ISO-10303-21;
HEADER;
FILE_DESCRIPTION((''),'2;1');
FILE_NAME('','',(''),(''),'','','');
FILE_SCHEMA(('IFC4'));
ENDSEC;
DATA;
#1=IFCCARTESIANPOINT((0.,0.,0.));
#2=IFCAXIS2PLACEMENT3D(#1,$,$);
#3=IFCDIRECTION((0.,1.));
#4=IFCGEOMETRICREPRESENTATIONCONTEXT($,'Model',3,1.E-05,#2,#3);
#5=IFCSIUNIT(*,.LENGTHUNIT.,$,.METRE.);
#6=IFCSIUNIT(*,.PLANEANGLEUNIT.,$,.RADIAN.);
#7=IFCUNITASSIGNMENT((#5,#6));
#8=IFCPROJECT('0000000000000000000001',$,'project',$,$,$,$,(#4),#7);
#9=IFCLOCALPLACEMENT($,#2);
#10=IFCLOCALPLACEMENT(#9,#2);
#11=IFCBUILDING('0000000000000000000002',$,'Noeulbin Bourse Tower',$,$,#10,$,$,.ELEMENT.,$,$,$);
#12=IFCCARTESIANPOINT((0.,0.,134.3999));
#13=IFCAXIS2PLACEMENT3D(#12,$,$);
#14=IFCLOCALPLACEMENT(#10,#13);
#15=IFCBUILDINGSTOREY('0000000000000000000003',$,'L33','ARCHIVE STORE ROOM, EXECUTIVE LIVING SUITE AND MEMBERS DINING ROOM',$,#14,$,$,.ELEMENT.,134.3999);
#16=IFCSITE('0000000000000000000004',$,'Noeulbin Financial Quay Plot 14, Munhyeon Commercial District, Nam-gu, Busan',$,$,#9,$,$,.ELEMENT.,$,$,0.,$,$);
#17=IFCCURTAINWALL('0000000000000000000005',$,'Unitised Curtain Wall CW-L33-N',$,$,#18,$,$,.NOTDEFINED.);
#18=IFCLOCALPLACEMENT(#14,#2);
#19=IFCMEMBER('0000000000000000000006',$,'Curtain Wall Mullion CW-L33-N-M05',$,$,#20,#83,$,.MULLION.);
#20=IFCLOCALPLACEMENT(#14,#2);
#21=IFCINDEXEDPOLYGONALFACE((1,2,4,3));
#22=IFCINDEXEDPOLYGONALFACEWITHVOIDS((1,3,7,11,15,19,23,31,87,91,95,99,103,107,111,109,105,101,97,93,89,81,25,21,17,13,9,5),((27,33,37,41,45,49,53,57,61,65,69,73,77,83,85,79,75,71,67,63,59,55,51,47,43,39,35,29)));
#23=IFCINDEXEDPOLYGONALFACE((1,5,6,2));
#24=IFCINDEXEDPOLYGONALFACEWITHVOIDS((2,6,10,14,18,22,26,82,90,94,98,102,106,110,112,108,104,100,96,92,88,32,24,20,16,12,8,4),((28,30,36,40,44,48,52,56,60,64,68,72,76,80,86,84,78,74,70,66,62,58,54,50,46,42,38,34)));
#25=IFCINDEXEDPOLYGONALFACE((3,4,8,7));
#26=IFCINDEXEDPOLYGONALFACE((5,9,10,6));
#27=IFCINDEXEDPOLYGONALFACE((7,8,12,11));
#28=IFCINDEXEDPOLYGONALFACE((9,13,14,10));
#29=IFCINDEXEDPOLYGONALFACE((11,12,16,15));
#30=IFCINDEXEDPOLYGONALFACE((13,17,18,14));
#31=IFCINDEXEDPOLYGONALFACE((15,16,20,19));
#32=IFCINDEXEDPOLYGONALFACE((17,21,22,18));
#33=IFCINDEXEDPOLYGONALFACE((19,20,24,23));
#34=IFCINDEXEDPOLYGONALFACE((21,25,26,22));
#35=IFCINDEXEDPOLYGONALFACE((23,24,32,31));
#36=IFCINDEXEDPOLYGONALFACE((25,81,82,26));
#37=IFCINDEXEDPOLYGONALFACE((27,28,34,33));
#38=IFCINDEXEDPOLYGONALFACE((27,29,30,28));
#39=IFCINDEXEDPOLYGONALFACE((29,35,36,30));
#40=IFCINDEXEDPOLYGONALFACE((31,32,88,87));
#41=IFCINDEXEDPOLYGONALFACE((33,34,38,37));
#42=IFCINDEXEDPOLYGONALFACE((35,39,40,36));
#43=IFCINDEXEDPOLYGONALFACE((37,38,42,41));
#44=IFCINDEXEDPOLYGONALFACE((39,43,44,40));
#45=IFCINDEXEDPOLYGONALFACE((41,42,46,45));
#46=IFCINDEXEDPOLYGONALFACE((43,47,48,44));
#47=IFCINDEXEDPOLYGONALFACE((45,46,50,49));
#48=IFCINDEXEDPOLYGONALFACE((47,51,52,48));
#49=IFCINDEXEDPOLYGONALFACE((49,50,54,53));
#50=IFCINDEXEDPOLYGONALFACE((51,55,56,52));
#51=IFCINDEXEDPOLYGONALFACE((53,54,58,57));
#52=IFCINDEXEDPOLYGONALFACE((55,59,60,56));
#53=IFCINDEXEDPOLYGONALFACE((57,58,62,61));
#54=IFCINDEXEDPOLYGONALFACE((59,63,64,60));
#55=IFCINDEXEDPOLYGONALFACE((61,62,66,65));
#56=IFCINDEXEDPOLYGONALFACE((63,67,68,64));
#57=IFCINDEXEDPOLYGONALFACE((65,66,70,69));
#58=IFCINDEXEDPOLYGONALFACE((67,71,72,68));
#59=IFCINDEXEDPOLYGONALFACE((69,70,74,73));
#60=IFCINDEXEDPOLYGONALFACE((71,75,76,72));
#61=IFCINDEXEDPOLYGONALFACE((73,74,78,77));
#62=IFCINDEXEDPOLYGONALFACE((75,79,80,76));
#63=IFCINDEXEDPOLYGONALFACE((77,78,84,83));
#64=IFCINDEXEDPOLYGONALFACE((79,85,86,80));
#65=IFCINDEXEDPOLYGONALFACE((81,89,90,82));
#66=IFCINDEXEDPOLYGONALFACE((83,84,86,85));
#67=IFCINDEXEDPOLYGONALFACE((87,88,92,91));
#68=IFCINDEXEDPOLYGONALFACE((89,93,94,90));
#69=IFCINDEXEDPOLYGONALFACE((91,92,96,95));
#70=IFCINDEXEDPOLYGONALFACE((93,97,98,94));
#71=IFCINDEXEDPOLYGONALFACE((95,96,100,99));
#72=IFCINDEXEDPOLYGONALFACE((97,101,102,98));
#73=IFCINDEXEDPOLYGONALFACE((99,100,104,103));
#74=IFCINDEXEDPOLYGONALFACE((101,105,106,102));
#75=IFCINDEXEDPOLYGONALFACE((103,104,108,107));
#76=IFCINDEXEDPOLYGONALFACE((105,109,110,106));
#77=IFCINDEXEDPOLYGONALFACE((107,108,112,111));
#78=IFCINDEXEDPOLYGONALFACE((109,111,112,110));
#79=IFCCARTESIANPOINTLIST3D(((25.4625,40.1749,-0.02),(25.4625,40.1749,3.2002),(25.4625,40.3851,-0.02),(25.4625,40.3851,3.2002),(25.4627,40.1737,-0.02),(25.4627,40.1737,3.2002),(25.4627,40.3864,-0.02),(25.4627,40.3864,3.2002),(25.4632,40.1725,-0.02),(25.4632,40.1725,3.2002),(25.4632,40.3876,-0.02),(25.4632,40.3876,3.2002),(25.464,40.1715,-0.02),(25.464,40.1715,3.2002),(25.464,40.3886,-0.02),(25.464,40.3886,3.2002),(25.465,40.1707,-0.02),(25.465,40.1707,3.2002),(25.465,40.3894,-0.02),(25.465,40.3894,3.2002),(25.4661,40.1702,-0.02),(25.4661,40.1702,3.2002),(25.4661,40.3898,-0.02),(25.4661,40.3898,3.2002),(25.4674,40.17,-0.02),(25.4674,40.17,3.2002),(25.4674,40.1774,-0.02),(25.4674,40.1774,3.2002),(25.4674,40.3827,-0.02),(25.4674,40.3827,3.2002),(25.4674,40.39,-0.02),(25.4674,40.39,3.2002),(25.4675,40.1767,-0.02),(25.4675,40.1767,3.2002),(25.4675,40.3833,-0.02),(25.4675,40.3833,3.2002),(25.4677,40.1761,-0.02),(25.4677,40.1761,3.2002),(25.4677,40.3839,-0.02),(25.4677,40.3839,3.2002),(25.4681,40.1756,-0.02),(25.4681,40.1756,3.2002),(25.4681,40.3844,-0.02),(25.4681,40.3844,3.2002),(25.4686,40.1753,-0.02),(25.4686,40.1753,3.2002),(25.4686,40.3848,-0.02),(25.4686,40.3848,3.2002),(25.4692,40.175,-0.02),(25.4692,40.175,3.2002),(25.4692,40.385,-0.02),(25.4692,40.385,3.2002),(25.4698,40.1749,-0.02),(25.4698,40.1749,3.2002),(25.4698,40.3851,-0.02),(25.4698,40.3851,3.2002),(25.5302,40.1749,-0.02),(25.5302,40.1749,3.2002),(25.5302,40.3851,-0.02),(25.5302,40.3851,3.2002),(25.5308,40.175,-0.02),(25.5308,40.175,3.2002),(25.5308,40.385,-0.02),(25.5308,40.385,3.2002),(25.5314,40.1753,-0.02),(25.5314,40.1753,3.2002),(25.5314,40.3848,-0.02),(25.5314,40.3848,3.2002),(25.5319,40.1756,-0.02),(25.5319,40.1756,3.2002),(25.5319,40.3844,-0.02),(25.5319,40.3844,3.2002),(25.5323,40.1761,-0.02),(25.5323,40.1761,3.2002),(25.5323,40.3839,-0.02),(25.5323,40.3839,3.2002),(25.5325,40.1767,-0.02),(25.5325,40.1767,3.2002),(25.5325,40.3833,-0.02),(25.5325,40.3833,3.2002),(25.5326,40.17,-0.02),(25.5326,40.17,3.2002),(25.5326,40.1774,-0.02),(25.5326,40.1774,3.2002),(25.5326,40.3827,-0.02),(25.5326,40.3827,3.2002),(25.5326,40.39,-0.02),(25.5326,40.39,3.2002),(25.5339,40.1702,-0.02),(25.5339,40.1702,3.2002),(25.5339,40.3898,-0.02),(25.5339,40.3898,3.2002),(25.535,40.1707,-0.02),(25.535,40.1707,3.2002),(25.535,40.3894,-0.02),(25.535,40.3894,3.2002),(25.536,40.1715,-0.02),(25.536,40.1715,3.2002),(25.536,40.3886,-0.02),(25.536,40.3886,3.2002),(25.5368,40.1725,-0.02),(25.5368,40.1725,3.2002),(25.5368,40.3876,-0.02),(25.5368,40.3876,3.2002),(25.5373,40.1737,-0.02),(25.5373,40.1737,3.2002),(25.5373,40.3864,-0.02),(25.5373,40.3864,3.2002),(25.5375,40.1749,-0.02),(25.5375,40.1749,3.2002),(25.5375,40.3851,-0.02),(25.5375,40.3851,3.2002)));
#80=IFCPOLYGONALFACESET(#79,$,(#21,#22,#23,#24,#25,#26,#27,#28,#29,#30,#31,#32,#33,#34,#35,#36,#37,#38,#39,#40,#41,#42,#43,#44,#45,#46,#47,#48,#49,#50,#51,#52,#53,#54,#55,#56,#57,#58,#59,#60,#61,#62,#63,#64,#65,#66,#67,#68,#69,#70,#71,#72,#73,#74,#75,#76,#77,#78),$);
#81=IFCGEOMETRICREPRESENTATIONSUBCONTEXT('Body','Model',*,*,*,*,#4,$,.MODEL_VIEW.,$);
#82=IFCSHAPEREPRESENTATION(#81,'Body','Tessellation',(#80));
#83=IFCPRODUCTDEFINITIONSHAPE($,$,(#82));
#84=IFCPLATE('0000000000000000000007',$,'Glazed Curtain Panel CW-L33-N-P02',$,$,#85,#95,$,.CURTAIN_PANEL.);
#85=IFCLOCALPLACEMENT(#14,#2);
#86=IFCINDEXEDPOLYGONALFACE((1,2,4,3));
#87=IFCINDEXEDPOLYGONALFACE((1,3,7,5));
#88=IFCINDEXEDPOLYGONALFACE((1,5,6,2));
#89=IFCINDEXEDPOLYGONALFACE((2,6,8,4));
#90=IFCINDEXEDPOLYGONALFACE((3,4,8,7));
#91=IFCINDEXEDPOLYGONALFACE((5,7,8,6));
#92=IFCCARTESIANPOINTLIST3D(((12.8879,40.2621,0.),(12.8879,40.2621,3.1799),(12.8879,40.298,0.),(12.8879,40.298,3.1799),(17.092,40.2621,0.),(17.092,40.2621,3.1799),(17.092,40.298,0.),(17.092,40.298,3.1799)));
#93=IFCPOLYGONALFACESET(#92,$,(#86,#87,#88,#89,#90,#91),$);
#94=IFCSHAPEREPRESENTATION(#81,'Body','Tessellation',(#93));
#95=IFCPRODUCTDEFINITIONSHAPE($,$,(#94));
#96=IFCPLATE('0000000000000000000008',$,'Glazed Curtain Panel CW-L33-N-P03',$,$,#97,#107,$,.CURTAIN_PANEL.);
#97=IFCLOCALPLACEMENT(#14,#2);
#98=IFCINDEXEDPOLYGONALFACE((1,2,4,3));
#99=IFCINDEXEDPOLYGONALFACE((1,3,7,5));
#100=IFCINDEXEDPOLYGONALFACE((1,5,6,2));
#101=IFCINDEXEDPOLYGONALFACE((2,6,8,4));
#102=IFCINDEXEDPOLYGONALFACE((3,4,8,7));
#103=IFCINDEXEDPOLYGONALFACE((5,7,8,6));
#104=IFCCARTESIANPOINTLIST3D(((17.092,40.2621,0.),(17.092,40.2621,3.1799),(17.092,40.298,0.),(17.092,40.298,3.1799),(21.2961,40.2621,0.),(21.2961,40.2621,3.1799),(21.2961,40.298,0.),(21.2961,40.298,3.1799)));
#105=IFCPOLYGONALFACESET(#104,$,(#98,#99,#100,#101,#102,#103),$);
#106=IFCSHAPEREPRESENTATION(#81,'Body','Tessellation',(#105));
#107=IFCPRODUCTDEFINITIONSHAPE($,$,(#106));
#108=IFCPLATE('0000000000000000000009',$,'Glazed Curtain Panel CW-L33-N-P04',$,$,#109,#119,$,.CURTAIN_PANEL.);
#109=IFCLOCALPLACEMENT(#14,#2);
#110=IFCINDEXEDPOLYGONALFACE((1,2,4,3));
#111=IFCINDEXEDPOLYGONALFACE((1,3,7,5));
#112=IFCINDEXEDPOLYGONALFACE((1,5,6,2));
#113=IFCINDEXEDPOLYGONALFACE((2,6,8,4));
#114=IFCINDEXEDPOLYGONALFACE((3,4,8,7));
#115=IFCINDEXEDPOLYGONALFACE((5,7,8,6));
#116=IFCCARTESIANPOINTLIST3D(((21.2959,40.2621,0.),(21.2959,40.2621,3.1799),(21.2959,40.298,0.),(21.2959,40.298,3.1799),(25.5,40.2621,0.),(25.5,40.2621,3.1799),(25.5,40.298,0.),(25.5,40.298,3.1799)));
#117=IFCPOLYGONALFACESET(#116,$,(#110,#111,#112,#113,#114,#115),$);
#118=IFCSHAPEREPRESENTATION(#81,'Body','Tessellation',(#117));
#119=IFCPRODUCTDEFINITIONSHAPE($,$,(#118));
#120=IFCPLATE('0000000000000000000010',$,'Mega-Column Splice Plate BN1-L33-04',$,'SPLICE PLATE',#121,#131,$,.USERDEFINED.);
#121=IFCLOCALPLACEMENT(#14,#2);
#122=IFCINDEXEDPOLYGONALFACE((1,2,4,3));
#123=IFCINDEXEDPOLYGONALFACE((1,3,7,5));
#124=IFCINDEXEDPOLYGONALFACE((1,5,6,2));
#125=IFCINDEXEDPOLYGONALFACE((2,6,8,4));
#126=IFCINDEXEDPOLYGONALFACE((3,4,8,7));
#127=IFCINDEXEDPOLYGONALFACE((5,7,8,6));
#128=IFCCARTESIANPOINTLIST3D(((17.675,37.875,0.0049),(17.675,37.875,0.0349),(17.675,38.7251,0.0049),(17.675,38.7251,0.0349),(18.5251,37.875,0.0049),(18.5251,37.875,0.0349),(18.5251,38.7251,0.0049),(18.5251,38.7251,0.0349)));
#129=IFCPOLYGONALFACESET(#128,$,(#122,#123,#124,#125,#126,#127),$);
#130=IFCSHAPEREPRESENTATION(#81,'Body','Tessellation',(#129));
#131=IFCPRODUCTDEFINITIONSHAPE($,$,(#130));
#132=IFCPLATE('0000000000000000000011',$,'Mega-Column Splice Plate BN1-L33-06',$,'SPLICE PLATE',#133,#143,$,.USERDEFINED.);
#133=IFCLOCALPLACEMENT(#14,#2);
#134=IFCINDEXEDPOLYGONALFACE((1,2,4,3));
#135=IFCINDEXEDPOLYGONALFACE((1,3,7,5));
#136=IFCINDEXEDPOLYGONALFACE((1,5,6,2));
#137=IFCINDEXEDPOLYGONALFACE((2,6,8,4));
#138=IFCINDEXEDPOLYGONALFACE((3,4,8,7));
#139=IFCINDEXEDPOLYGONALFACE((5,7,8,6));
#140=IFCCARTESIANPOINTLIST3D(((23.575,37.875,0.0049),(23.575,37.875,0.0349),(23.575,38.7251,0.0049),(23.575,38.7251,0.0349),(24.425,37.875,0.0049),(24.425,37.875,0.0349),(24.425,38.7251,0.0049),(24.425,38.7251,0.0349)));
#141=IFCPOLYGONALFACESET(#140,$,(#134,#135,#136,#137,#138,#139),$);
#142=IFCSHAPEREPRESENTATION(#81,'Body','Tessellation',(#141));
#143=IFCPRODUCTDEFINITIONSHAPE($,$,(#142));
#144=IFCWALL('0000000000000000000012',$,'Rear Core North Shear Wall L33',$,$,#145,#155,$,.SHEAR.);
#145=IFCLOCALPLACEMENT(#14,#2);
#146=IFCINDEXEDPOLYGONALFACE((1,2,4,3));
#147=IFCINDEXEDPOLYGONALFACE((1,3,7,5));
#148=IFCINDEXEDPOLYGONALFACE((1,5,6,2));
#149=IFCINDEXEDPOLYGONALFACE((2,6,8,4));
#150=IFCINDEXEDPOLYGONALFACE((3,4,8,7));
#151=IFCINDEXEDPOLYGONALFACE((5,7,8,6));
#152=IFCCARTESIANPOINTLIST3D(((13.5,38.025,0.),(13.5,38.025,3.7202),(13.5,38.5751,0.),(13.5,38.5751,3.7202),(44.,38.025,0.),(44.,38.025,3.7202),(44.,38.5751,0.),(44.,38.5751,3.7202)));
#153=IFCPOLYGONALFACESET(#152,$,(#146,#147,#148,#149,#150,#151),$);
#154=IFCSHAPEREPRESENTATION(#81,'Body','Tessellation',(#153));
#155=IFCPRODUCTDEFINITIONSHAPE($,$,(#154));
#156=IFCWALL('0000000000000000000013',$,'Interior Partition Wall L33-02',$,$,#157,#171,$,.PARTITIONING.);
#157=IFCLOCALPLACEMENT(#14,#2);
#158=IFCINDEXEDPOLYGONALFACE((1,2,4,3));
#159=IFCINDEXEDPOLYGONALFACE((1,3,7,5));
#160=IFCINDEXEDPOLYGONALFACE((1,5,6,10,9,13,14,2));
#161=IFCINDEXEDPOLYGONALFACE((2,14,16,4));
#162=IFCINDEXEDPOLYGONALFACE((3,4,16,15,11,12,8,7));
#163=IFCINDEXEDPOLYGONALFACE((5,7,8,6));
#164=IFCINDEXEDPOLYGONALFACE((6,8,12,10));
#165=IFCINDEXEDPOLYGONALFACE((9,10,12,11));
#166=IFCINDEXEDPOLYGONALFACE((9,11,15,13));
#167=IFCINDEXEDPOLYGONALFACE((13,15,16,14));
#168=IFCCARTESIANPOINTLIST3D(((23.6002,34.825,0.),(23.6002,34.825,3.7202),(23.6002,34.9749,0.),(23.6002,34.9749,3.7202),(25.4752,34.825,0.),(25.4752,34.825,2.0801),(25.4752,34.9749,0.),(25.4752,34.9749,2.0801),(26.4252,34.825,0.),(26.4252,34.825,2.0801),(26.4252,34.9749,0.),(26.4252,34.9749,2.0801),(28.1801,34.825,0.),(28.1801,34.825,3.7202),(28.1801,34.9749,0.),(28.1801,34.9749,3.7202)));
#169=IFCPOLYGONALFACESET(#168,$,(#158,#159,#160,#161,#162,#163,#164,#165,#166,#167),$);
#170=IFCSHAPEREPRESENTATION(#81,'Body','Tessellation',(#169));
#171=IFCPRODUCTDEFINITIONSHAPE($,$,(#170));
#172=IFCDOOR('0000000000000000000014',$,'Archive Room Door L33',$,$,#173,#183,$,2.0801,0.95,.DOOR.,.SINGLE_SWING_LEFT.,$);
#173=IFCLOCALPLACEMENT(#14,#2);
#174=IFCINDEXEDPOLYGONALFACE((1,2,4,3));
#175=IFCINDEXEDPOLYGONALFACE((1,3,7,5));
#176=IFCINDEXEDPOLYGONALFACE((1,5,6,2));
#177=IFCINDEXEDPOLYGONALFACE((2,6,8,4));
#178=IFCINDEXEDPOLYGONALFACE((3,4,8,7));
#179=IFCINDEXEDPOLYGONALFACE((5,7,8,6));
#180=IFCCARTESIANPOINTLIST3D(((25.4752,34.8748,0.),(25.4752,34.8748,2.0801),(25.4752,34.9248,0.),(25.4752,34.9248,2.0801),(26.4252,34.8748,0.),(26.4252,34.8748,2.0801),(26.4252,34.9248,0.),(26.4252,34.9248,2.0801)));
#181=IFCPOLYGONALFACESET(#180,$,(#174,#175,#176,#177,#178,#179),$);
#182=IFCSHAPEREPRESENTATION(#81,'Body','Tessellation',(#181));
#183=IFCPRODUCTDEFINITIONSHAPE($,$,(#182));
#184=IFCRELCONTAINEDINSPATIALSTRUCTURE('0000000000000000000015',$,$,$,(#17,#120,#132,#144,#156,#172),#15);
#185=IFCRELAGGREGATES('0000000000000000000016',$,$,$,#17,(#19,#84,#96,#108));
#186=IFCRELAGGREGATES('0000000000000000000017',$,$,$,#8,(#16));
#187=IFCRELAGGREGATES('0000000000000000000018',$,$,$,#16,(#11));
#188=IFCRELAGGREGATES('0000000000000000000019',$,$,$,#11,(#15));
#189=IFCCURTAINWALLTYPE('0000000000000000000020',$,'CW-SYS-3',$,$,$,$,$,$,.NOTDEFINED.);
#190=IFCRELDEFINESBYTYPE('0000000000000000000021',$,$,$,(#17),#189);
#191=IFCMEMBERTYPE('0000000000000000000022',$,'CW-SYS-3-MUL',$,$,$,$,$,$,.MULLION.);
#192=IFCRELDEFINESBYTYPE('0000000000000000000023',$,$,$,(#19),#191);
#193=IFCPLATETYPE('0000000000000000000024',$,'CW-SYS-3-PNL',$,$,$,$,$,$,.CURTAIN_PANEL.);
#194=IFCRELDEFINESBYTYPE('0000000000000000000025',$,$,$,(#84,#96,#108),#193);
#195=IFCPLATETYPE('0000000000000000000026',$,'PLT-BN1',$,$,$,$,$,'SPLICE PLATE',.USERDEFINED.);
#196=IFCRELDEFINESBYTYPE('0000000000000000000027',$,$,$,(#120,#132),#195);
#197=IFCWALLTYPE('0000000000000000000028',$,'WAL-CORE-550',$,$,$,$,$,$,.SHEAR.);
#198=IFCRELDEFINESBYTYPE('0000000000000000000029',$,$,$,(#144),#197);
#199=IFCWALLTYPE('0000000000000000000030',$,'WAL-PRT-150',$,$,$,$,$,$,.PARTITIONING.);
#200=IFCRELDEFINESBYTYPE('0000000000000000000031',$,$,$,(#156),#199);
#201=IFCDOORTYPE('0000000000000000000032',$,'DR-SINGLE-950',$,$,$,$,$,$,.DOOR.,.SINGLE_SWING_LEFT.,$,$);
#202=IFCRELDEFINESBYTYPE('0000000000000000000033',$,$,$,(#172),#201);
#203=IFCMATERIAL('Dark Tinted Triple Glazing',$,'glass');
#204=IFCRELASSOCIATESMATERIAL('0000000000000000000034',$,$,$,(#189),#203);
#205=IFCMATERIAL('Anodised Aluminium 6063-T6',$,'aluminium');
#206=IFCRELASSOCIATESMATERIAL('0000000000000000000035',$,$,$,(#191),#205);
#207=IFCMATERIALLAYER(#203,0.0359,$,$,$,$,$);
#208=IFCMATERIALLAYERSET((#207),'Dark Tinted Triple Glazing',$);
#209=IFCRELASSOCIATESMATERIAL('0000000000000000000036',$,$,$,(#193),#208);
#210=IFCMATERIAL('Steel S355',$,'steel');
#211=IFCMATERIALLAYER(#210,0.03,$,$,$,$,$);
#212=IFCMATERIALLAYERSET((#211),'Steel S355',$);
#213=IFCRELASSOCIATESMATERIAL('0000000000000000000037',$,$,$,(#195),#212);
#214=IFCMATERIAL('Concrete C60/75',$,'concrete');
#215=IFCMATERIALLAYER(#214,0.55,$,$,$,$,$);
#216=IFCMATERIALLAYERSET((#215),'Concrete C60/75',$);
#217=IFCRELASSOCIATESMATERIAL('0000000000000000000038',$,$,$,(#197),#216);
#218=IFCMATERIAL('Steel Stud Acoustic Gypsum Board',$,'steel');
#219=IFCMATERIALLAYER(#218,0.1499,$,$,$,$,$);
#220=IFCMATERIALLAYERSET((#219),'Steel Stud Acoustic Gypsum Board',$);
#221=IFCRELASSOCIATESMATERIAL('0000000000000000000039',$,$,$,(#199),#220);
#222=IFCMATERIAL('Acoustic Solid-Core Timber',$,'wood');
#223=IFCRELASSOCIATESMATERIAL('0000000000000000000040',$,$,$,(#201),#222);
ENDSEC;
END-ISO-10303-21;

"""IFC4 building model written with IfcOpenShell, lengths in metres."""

from ifc_helpers import new_model, si_unit, direction, frame, frame_2d, origin, origin_2d, place, context, subcontext, project, spatial, rectangle, hollow_rectangle, extrude, material, layer, layer_set, material_profile, profile_set, type_object, element, fill, aggregate, save


model = new_model("IFC4")

# Units and contexts
model_context = context("Model", 3, precision=1e-05, world=origin(), true_north=direction((0.0, 1.0)))
body_context = subcontext(model_context, "Body", "Model", "MODEL_VIEW")
ifc_project = project(units=[si_unit("LENGTHUNIT", "METRE"), si_unit("PLANEANGLEUNIT", "RADIAN")], contexts=[model_context])

# Site, building, storey
site_placement = place(None, origin())
site = spatial("IfcSite", under=ifc_project, at=site_placement, Name="Noeulbin Financial Quay Plot 14, Munhyeon Commercial District, Nam-gu, Busan", CompositionType="ELEMENT", RefElevation=0.0)
building_placement = place(site_placement, origin())
building = spatial("IfcBuilding", under=site, at=building_placement, Name="Noeulbin Bourse Tower", CompositionType="ELEMENT")
storey_placement = place(building_placement, frame((0.0, 0.0, 134.3999)))
storey = spatial("IfcBuildingStorey", under=building, at=storey_placement, Name="L33", Description="ARCHIVE STORE ROOM, EXECUTIVE LIVING SUITE AND MEMBERS DINING ROOM", CompositionType="ELEMENT", Elevation=134.3999)

# Shared definitions
ifc_material_1 = material(Name="Steel S355", Category="steel")

# Curtain wall, member, plates
ifc_material_2 = material(Name="Dark Tinted Triple Glazing", Category="glass")
curtain_wall_type = type_object("IfcCurtainWallType", Name="CW-SYS-3", PredefinedType="NOTDEFINED", material=ifc_material_2)
curtain_wall_placement = place(storey_placement, origin())
curtain_wall = element("IfcCurtainWall", 1, at=curtain_wall_placement, inside=storey, type_object=curtain_wall_type, Name="Unitised Curtain Wall CW-L33-N", PredefinedType="NOTDEFINED")
ifc_material_3 = material(Name="Anodised Aluminium 6063-T6", Category="aluminium")
ifc_material_profile_1 = material_profile(ifc_material_3, hollow_rectangle(XDim=0.075, YDim=0.22, WallThickness=0.0049, InnerFilletRadius=0.0024, OuterFilletRadius=0.0049, at=origin_2d()), Name="ALU-MULL-75x220x5", Category="LoadBearing")
ifc_profile_set_1 = profile_set([ifc_material_profile_1], Name="Anodised Aluminium 6063-T6")
member_type = type_object("IfcMemberType", Name="CW-SYS-3-MUL", PredefinedType="MULLION", material=ifc_profile_set_1)
member_1_placement = place(storey_placement, frame((25.5, 40.28, -0.02), z_axis=(0.0, 0.0, 1.0), x_axis=(1.0, 0.0, 0.0)))
member_1 = element("IfcMember", 2, at=member_1_placement, type_object=member_type, Name="Curtain Wall Mullion CW-L33-N-M05", PredefinedType="MULLION", context=body_context, shape_type="SweptSolid", body=[
    extrude(hollow_rectangle(XDim=0.075, YDim=0.22, WallThickness=0.0049, InnerFilletRadius=0.0024, OuterFilletRadius=0.0049, at=origin_2d()), origin(), (0.0, 0.0, 1.0), 3.2202),
])
ifc_layer_1 = layer(ifc_material_2, 0.0359)
ifc_layer_set_1 = layer_set([ifc_layer_1], Name="Dark Tinted Triple Glazing")
plate_type_1 = type_object("IfcPlateType", Name="CW-SYS-3-PNL", PredefinedType="CURTAIN_PANEL", material=ifc_layer_set_1)
plate_1_placement = place(storey_placement, frame((14.99, 40.28, 0.0), z_axis=(0.0, 0.0, 1.0), x_axis=(1.0, 0.0, 0.0)))
plate_1 = element("IfcPlate", 3, at=plate_1_placement, type_object=plate_type_1, Name="Glazed Curtain Panel CW-L33-N-P02", PredefinedType="CURTAIN_PANEL", context=body_context, shape_type="SweptSolid", body=[
    extrude(rectangle(XDim=4.2041, YDim=0.0359, at=origin_2d()), origin(), (0.0, 0.0, 1.0), 3.1799),
])
plate_2_placement = place(storey_placement, frame((19.1941, 40.28, 0.0), z_axis=(0.0, 0.0, 1.0), x_axis=(1.0, 0.0, 0.0)))
plate_2 = element("IfcPlate", 4, at=plate_2_placement, type_object=plate_type_1, Name="Glazed Curtain Panel CW-L33-N-P03", PredefinedType="CURTAIN_PANEL", context=body_context, shape_type="SweptSolid", body=[
    extrude(rectangle(XDim=4.2041, YDim=0.0359, at=origin_2d()), origin(), (0.0, 0.0, 1.0), 3.1799),
])
plate_3_placement = place(storey_placement, frame((23.3979, 40.28, 0.0), z_axis=(0.0, 0.0, 1.0), x_axis=(1.0, 0.0, 0.0)))
plate_3 = element("IfcPlate", 5, at=plate_3_placement, type_object=plate_type_1, Name="Glazed Curtain Panel CW-L33-N-P04", PredefinedType="CURTAIN_PANEL", context=body_context, shape_type="SweptSolid", body=[
    extrude(rectangle(XDim=4.2041, YDim=0.0359, at=origin_2d()), origin(), (0.0, 0.0, 1.0), 3.1799),
])
aggregate(curtain_wall, [member_1, plate_1, plate_2, plate_3])

# Plates
ifc_layer_2 = layer(ifc_material_1, 0.03)
ifc_layer_set_2 = layer_set([ifc_layer_2], Name="Steel S355")
plate_type_2 = type_object("IfcPlateType", Name="PLT-BN1", ElementType="SPLICE PLATE", PredefinedType="USERDEFINED", material=ifc_layer_set_2)
for number, where, z_axis, x_axis, name in (
    (6, (18.1001, 38.3, 0.0049), (0.0, 0.0, 1.0), (1.0, 0.0, 0.0), "Mega-Column Splice Plate BN1-L33-04"),
    (7, (24.0, 38.3, 0.0049), (0.0, 0.0, 1.0), (1.0, 0.0, 0.0), "Mega-Column Splice Plate BN1-L33-06"),
):
    element("IfcPlate", number, at=place(storey_placement, frame(where, z_axis=z_axis, x_axis=x_axis)), inside=storey, type_object=plate_type_2, Name=name, ObjectType="SPLICE PLATE", PredefinedType="USERDEFINED", context=body_context, shape_type="SweptSolid", body=[
        extrude(rectangle(XDim=0.8501, YDim=0.8501, at=origin_2d()), origin(), (0.0, 0.0, 1.0), 0.03),
    ])

# Wall
ifc_material_4 = material(Name="Concrete C60/75", Category="concrete")
ifc_layer_3 = layer(ifc_material_4, 0.55)
ifc_layer_set_3 = layer_set([ifc_layer_3], Name="Concrete C60/75")
wall_type_1 = type_object("IfcWallType", Name="WAL-CORE-550", PredefinedType="SHEAR", material=ifc_layer_set_3)
wall_1_placement = place(storey_placement, frame((13.5, 38.3, 0.0), z_axis=(0.0, 0.0, 1.0), x_axis=(1.0, 0.0, 0.0)))
element("IfcWall", 8, at=wall_1_placement, inside=storey, type_object=wall_type_1, Name="Rear Core North Shear Wall L33", PredefinedType="SHEAR", context=body_context, shape_type="SweptSolid", body=[
    extrude(rectangle(XDim=30.5, YDim=0.55, at=frame_2d((15.25, 0.0))), origin(), (0.0, 0.0, 1.0), 3.7202),
])

# Wall, opening, door
ifc_material_5 = material(Name="Steel Stud Acoustic Gypsum Board", Category="steel")
ifc_layer_4 = layer(ifc_material_5, 0.1499)
ifc_layer_set_4 = layer_set([ifc_layer_4], Name="Steel Stud Acoustic Gypsum Board")
wall_type_2 = type_object("IfcWallType", Name="WAL-PRT-150", PredefinedType="PARTITIONING", material=ifc_layer_set_4)
wall_2_placement = place(storey_placement, frame((23.6001, 34.8999, 0.0), z_axis=(0.0, 0.0, 1.0), x_axis=(1.0, 0.0, 0.0)))
wall_2 = element("IfcWall", 9, at=wall_2_placement, inside=storey, type_object=wall_type_2, Name="Interior Partition Wall L33-02", PredefinedType="PARTITIONING", context=body_context, shape_type="SweptSolid", body=[
    extrude(rectangle(XDim=4.5798, YDim=0.1499, at=frame_2d((2.29, 0.0))), origin(), (0.0, 0.0, 1.0), 3.7202),
])
opening_1_placement = place(wall_2_placement, frame((1.875, 0.0, 0.0)))
opening_1 = element("IfcOpeningElement", 10, at=opening_1_placement, cuts=wall_2, PredefinedType="OPENING", context=body_context, shape_type="SweptSolid", body=[
    extrude(rectangle(XDim=0.95, YDim=2.0801, at=frame_2d((0.4751, 1.04))), frame((0.0, 0.085, 0.0), z_axis=(0.0, -1.0, 0.0), x_axis=(1.0, 0.0, 0.0)), (0.0, 0.0, 1.0), 0.1699),
])
ifc_material_6 = material(Name="Acoustic Solid-Core Timber", Category="wood")
door_type_1 = type_object("IfcDoorType", Name="DR-SINGLE-950", OperationType="SINGLE_SWING_LEFT", PredefinedType="DOOR", material=ifc_material_6)
door_1_placement = place(opening_1_placement, origin())
door_1 = element("IfcDoor", 11, at=door_1_placement, inside=storey, type_object=door_type_1, Name="Archive Room Door L33", OperationType="SINGLE_SWING_LEFT", OverallHeight=2.0801, OverallWidth=0.95, PredefinedType="DOOR", context=body_context, shape_type="SweptSolid", body=[
    extrude(rectangle(XDim=0.95, YDim=2.0801, at=frame_2d((0.4751, 1.04))), frame((0.0, 0.0249, 0.0), z_axis=(0.0, -1.0, 0.0), x_axis=(1.0, 0.0, 0.0)), (0.0, 0.0, 1.0), 0.05),
])
fill(opening_1, door_1)

save(model, "model.ifc")
